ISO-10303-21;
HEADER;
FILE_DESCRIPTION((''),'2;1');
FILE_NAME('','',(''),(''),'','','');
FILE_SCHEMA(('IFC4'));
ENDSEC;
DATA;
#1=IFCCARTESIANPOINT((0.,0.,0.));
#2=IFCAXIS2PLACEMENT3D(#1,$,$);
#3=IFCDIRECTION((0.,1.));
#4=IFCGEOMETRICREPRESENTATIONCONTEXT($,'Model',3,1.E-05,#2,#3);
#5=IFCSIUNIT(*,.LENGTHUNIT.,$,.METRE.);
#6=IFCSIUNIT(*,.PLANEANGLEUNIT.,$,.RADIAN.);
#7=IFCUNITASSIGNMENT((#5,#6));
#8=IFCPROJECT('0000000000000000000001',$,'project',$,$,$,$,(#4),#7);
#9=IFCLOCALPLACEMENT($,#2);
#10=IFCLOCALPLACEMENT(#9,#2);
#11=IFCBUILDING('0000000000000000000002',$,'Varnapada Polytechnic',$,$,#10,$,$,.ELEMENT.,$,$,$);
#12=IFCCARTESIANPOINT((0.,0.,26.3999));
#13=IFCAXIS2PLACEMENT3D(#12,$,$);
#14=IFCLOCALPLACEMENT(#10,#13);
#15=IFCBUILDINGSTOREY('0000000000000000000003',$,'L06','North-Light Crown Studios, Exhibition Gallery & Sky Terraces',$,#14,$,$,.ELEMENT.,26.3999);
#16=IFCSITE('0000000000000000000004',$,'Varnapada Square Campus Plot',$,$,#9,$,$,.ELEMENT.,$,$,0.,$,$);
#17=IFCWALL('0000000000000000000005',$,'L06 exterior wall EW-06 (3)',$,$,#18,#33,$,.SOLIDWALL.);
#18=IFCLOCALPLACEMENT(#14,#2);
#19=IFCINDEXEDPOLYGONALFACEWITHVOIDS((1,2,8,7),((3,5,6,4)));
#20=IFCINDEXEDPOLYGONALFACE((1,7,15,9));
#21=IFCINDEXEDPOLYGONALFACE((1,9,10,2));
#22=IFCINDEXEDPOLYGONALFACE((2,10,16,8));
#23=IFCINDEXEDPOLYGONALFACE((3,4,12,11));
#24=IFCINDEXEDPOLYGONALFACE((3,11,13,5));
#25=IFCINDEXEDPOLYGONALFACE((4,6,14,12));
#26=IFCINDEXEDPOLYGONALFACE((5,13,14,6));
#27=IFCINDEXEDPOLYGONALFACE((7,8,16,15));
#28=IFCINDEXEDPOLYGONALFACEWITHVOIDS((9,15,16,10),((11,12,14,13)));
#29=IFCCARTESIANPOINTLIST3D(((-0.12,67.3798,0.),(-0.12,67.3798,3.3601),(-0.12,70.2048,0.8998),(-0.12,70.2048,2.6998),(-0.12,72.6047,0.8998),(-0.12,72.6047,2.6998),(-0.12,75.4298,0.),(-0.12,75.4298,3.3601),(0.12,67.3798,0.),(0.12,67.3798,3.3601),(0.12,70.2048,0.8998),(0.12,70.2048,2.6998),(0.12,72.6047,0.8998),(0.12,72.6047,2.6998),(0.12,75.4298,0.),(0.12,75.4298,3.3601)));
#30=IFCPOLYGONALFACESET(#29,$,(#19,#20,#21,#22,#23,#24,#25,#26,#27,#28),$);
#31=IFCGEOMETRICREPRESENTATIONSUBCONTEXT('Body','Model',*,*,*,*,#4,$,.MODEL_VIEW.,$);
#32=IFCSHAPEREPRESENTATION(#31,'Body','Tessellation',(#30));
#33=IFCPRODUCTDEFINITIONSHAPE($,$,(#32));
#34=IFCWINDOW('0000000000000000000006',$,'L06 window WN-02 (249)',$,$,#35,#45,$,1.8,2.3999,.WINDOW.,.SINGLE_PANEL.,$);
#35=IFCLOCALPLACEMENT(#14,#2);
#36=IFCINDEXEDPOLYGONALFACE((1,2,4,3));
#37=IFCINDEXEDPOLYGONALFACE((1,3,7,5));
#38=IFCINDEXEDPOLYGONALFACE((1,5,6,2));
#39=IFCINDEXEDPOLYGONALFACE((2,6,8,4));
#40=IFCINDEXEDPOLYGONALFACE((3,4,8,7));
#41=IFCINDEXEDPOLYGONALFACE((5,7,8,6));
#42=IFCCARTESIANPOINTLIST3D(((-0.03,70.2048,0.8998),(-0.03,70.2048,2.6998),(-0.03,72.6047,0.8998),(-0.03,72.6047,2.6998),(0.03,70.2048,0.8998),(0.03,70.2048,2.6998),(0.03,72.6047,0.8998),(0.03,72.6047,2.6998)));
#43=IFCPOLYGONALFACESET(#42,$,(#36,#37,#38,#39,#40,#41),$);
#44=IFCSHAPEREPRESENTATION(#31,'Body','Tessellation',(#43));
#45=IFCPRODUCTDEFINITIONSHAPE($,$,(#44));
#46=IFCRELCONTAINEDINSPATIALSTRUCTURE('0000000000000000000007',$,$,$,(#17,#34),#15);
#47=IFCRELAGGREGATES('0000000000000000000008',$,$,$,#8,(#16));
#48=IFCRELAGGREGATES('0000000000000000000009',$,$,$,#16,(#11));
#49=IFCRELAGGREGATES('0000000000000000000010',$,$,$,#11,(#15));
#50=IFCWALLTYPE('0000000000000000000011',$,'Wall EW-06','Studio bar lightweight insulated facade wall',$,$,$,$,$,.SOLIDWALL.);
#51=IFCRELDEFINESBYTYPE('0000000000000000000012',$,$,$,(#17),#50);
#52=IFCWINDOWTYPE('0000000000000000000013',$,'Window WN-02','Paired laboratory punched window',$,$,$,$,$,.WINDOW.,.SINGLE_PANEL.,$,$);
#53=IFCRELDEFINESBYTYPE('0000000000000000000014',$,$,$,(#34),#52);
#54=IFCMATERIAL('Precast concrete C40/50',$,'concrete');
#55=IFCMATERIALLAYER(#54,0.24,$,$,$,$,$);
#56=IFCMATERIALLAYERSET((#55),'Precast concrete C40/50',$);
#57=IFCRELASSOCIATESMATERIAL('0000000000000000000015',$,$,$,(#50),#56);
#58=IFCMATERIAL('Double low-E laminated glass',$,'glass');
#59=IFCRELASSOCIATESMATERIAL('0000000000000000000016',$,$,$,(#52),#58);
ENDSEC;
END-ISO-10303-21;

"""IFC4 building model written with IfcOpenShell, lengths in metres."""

from ifc_helpers import new_model, si_unit, direction, frame, frame_2d, origin, place, context, subcontext, project, spatial, rectangle, extrude, material, layer, layer_set, type_object, element, fill, save


model = new_model("IFC4")

# Units and contexts
model_context = context("Model", 3, precision=1e-05, world=origin(), true_north=direction((0.0, 1.0)))
body_context = subcontext(model_context, "Body", "Model", "MODEL_VIEW")
ifc_project = project(units=[si_unit("LENGTHUNIT", "METRE"), si_unit("PLANEANGLEUNIT", "RADIAN")], contexts=[model_context])

# Site, building, storey
site_placement = place(None, origin())
site = spatial("IfcSite", under=ifc_project, at=site_placement, Name="Varnapada Square Campus Plot", CompositionType="ELEMENT", RefElevation=0.0)
building_placement = place(site_placement, origin())
building = spatial("IfcBuilding", under=site, at=building_placement, Name="Varnapada Polytechnic", CompositionType="ELEMENT")
storey_placement = place(building_placement, frame((0.0, 0.0, 26.3999)))
storey = spatial("IfcBuildingStorey", under=building, at=storey_placement, Name="L06", Description="North-Light Crown Studios, Exhibition Gallery & Sky Terraces", CompositionType="ELEMENT", Elevation=26.3999)

# Wall, opening, window
ifc_material_1 = material(Name="Precast concrete C40/50", Category="concrete")
ifc_layer_1 = layer(ifc_material_1, 0.24)
ifc_layer_set_1 = layer_set([ifc_layer_1], Name="Precast concrete C40/50")
wall_type = type_object("IfcWallType", Name="Wall EW-06", Description="Studio bar lightweight insulated facade wall", PredefinedType="SOLIDWALL", material=ifc_layer_set_1)
wall_placement = place(storey_placement, frame((0.0, 67.3799, 0.0), z_axis=(0.0, 0.0, 1.0), x_axis=(0.0, 1.0, 0.0)))
wall = element("IfcWall", 1, at=wall_placement, inside=storey, type_object=wall_type, Name="L06 exterior wall EW-06 (3)", PredefinedType="SOLIDWALL", context=body_context, shape_type="SweptSolid", body=[
    extrude(rectangle(XDim=8.05, YDim=0.24, at=frame_2d((4.0249, 0.0))), origin(), (0.0, 0.0, 1.0), 3.3601),
])
opening_1_placement = place(wall_placement, frame((2.825, 0.0, 0.8999)))
opening_1 = element("IfcOpeningElement", 2, at=opening_1_placement, cuts=wall, PredefinedType="OPENING", context=body_context, shape_type="SweptSolid", body=[
    extrude(rectangle(XDim=2.3999, YDim=1.8, at=frame_2d((1.2, 0.8999))), frame((0.0, 0.1299, 0.0), z_axis=(0.0, -1.0, 0.0), x_axis=(1.0, 0.0, 0.0)), (0.0, 0.0, 1.0), 0.26),
])
ifc_material_2 = material(Name="Double low-E laminated glass", Category="glass")
window_type = type_object("IfcWindowType", Name="Window WN-02", Description="Paired laboratory punched window", PartitioningType="SINGLE_PANEL", PredefinedType="WINDOW", material=ifc_material_2)
window_placement = place(opening_1_placement, origin())
window = element("IfcWindow", 3, at=window_placement, inside=storey, type_object=window_type, Name="L06 window WN-02 (249)", OverallHeight=1.8, OverallWidth=2.3999, PartitioningType="SINGLE_PANEL", PredefinedType="WINDOW", context=body_context, shape_type="SweptSolid", body=[
    extrude(rectangle(XDim=2.3999, YDim=1.8, at=frame_2d((1.2, 0.8999))), frame((0.0, 0.03, 0.0), z_axis=(0.0, -1.0, 0.0), x_axis=(1.0, 0.0, 0.0)), (0.0, 0.0, 1.0), 0.0601),
])
fill(opening_1, window)

save(model, "model.ifc")
